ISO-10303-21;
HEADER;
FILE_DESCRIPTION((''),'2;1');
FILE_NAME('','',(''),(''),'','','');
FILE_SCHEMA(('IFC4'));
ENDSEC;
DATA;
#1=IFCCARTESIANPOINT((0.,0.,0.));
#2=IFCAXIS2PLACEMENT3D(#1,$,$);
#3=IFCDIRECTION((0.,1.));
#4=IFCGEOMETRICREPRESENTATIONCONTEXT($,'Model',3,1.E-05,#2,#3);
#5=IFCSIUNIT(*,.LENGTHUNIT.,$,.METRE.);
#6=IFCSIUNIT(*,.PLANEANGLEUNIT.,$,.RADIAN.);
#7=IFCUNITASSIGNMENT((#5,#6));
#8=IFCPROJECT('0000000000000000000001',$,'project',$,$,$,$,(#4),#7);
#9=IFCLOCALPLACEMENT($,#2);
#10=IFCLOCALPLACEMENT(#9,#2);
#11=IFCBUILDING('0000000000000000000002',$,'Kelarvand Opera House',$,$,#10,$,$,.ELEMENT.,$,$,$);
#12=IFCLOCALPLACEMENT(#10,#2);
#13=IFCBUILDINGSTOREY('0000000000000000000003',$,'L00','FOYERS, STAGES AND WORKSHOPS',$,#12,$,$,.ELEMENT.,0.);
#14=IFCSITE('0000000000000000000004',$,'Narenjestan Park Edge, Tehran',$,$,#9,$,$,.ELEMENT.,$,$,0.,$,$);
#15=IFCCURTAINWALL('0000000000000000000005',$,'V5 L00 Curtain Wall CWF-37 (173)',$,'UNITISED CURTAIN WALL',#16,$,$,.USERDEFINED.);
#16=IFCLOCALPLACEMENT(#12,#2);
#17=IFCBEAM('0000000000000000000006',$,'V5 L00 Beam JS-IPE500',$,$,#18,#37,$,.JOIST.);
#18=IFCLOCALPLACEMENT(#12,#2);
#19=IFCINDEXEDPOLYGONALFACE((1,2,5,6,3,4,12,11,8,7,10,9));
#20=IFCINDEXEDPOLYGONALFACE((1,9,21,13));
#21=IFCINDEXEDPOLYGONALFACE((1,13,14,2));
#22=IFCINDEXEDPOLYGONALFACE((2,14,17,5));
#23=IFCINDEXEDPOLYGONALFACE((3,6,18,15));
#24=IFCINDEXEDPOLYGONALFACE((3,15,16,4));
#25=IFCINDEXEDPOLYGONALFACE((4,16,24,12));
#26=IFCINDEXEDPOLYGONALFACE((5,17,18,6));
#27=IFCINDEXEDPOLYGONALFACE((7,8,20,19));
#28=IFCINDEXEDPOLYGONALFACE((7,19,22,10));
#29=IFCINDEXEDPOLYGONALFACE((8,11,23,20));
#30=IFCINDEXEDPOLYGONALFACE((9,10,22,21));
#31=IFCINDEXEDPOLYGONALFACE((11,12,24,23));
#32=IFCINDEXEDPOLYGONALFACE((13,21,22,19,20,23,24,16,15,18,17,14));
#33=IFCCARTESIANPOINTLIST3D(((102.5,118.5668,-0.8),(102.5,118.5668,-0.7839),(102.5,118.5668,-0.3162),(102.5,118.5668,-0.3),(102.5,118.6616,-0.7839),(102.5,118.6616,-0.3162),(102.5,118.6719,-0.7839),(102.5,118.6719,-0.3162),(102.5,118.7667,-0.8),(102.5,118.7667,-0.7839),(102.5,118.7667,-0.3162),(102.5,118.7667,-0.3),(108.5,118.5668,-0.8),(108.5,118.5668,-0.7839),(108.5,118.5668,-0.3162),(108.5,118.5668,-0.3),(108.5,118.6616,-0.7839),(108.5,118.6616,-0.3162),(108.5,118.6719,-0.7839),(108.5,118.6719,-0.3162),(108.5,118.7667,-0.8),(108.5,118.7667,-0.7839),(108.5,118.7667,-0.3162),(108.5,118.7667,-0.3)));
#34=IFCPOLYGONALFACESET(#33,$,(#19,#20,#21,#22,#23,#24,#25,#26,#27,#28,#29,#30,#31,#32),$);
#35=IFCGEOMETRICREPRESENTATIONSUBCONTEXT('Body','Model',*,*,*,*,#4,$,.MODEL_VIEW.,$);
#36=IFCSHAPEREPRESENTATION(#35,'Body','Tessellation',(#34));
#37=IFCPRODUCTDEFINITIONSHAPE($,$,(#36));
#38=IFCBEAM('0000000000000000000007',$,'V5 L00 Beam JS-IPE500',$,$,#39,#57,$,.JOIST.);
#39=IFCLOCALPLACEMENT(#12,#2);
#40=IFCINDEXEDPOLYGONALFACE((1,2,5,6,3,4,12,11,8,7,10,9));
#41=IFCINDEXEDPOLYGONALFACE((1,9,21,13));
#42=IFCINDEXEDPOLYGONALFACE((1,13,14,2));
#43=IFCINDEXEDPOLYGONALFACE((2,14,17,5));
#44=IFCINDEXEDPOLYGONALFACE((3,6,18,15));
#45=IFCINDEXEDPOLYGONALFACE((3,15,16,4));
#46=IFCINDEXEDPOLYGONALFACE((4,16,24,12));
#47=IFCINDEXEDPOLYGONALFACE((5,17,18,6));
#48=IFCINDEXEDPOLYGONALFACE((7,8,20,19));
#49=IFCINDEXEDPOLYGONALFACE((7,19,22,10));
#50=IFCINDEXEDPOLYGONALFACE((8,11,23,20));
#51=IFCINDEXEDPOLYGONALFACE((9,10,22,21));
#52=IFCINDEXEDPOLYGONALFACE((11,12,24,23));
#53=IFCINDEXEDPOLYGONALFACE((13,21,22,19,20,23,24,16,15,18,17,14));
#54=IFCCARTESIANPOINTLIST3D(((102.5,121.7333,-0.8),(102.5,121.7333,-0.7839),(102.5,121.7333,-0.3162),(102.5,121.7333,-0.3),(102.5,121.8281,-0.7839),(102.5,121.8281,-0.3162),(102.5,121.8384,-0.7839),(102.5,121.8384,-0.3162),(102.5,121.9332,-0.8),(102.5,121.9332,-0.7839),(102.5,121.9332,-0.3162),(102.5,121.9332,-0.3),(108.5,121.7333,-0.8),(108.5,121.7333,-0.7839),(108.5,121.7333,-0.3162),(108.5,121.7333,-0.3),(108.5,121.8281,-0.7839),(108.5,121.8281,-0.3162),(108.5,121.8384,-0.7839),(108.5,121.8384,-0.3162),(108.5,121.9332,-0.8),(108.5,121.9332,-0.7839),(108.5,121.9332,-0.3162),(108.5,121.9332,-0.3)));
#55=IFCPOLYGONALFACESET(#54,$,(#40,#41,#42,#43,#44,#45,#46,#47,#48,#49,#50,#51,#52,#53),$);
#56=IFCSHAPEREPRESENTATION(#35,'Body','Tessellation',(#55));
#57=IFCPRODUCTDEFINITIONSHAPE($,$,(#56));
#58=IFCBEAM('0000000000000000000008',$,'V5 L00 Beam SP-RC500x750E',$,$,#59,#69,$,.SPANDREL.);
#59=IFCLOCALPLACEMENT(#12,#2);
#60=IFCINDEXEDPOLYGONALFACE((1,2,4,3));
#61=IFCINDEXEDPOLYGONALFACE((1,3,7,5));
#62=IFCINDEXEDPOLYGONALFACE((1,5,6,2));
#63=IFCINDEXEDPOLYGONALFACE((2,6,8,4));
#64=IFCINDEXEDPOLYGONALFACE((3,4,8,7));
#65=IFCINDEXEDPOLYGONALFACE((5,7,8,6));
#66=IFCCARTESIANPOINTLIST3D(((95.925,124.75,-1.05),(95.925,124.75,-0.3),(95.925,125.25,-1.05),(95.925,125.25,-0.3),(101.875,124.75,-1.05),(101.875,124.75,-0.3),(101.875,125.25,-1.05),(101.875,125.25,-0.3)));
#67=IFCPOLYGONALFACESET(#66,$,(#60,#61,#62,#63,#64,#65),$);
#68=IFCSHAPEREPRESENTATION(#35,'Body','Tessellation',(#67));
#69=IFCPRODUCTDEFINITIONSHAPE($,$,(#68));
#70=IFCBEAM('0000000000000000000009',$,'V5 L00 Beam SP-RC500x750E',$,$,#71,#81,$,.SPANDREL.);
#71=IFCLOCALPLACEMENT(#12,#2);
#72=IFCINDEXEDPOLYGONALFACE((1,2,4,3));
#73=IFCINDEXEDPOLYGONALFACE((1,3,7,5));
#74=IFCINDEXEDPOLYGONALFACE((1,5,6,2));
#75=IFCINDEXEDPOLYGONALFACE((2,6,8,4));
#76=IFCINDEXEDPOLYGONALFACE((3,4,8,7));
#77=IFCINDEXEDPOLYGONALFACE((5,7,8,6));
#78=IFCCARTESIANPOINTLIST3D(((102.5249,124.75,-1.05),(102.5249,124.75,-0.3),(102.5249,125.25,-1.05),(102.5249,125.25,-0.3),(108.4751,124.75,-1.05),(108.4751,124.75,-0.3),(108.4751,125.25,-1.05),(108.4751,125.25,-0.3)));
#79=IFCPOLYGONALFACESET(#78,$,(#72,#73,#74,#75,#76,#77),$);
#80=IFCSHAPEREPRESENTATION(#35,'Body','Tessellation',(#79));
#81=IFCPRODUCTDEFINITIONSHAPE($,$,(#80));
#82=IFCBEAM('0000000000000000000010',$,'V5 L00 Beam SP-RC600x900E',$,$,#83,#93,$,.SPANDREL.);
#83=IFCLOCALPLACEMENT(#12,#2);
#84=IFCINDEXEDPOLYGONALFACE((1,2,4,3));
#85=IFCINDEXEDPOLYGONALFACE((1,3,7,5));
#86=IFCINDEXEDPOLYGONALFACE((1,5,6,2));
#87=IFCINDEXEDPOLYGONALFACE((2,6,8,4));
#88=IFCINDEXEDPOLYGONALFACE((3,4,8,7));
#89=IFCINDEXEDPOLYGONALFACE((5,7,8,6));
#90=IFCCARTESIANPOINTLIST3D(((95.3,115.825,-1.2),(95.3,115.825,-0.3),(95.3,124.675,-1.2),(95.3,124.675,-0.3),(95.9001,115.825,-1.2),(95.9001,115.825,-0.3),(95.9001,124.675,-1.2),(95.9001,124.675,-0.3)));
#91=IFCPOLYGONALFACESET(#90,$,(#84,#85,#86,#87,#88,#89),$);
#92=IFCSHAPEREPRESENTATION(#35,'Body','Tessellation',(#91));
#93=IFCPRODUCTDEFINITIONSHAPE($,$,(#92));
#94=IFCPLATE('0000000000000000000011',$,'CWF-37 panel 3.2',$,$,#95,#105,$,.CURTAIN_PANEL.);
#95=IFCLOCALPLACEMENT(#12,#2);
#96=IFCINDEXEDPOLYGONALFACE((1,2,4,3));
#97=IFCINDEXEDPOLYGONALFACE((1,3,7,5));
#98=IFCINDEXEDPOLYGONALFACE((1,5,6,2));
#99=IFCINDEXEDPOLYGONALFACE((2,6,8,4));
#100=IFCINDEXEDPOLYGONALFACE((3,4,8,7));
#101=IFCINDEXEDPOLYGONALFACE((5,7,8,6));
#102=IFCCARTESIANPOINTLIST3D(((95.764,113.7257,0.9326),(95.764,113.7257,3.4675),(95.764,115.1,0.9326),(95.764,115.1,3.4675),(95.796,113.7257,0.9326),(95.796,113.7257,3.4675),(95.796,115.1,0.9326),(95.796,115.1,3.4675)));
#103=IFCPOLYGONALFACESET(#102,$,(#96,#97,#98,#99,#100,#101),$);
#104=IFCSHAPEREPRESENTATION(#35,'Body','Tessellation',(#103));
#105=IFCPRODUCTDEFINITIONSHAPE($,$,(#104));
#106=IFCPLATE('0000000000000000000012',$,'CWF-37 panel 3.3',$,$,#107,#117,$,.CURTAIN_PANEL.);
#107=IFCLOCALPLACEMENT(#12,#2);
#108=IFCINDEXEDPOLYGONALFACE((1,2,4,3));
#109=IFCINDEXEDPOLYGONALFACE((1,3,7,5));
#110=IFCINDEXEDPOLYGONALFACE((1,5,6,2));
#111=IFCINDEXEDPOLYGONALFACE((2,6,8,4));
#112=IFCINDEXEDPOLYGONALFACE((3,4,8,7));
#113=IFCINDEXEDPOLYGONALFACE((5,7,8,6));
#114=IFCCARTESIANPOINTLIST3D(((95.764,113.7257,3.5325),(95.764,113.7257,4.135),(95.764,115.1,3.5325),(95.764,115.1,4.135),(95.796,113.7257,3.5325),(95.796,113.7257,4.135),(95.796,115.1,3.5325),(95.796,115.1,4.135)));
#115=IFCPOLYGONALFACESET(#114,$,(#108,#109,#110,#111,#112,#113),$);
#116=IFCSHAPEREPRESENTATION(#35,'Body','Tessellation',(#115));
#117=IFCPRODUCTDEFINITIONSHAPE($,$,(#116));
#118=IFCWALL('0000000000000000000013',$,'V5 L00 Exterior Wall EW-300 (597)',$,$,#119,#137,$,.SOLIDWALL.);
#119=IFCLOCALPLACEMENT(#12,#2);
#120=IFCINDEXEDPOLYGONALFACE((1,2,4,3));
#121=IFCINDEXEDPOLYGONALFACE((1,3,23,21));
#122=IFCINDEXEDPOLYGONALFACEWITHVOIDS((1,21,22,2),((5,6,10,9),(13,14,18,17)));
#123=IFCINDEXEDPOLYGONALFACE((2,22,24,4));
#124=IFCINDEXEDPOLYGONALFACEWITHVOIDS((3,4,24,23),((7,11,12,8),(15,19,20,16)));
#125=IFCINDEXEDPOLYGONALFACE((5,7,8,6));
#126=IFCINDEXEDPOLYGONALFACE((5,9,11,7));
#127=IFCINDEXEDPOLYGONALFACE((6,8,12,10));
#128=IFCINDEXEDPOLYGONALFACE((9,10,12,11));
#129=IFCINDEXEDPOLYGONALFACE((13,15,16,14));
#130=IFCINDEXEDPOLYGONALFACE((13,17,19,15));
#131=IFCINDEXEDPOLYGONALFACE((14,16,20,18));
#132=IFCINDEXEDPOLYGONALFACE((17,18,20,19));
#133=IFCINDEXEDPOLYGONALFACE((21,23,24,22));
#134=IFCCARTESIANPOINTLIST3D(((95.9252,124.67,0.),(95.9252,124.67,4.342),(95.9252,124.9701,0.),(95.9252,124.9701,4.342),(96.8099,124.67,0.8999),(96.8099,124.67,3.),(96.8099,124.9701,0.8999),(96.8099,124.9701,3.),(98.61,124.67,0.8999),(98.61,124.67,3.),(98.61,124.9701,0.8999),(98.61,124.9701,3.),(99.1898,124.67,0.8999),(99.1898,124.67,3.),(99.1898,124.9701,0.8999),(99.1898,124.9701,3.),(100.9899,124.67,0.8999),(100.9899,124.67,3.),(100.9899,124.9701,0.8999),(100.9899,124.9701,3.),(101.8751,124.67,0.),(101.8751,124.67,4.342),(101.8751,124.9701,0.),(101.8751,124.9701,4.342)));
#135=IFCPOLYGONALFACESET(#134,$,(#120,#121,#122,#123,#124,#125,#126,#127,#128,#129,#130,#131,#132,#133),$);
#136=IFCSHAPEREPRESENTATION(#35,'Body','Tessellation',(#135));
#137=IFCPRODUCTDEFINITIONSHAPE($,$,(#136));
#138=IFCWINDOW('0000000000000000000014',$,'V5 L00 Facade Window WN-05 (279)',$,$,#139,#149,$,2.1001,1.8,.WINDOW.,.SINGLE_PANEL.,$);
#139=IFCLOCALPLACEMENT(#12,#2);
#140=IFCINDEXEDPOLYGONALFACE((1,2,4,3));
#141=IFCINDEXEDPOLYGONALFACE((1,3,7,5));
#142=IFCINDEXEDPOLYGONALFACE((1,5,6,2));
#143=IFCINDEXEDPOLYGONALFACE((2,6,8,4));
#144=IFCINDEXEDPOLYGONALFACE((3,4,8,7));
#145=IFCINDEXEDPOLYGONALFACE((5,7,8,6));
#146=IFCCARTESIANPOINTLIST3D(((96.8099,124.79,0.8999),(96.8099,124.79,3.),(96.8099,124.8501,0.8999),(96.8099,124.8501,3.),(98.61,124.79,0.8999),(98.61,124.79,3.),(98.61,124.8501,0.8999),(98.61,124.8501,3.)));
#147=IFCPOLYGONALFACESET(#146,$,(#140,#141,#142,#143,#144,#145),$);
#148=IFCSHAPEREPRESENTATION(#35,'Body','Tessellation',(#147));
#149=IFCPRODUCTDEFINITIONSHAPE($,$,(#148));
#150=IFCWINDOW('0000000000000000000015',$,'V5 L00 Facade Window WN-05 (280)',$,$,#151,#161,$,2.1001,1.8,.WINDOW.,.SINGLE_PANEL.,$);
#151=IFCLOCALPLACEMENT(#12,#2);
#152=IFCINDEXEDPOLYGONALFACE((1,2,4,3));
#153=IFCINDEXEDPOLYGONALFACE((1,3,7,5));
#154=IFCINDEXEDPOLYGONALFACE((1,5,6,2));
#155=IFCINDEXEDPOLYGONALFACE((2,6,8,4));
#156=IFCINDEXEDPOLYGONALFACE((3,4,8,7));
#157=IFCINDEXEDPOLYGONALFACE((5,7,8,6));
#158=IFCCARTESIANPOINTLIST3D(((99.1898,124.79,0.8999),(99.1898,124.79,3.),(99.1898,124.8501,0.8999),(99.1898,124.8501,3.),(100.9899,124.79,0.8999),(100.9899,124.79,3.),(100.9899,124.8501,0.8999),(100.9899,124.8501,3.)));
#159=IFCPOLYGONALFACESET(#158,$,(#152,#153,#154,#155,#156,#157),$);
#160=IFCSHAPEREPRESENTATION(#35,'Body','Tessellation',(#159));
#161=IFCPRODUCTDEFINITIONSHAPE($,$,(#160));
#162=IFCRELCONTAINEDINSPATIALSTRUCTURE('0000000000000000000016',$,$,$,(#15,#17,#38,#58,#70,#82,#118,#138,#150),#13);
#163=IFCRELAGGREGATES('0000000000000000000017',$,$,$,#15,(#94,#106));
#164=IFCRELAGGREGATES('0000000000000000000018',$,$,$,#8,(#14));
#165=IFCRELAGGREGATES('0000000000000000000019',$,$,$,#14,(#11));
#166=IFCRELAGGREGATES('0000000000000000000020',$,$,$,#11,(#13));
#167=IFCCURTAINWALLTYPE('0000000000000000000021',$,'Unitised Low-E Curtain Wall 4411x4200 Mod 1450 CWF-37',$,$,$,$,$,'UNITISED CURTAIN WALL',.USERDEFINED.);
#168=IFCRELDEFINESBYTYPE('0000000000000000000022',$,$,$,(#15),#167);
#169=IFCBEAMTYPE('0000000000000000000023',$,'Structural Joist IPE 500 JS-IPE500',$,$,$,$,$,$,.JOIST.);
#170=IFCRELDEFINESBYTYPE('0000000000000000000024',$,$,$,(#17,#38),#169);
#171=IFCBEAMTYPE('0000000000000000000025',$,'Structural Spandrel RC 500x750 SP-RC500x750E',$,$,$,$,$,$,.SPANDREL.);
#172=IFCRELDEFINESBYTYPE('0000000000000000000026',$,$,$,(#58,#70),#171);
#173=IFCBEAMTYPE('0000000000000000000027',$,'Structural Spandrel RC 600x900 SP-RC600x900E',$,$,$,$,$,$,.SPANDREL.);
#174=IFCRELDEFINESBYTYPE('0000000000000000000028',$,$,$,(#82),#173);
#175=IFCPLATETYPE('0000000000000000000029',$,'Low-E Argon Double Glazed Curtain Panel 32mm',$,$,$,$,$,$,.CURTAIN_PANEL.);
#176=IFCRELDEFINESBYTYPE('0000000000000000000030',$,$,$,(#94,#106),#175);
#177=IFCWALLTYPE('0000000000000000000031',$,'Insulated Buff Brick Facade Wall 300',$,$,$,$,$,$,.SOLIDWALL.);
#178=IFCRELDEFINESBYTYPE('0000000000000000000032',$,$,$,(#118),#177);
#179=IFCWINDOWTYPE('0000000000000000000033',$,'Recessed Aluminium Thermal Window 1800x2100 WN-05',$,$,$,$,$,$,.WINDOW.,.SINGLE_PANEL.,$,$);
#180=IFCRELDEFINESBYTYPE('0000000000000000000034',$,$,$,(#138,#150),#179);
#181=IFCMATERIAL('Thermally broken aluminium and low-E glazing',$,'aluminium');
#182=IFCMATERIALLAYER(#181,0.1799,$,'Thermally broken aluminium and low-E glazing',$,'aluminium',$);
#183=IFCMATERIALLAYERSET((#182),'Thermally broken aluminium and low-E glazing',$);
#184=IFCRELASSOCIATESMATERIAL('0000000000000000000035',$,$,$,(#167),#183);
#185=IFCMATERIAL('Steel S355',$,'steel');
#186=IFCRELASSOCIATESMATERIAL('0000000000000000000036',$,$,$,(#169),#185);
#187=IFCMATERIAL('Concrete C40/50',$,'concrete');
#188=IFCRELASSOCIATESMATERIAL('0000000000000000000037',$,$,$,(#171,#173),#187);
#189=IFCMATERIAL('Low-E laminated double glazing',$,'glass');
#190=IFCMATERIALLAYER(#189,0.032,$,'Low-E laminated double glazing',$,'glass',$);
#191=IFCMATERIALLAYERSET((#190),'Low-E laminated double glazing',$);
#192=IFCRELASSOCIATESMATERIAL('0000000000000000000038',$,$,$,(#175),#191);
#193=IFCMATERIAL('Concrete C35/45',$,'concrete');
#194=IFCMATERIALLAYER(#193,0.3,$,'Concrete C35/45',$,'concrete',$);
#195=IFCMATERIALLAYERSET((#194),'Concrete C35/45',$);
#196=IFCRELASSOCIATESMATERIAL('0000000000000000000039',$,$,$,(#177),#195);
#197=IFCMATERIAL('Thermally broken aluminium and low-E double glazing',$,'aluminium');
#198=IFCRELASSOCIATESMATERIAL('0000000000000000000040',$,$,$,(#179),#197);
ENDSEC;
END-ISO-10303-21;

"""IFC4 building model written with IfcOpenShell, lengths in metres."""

from ifc_helpers import new_model, si_unit, direction, frame, frame_2d, origin, origin_2d, place, context, subcontext, project, spatial, rectangle, i_section, extrude, material, layer, layer_set, material_profile, profile_set, type_object, element, fill, aggregate, save


model = new_model("IFC4")

# Units and contexts
model_context = context("Model", 3, precision=1e-05, world=origin(), true_north=direction((0.0, 1.0)))
body_context = subcontext(model_context, "Body", "Model", "MODEL_VIEW")
ifc_project = project(units=[si_unit("LENGTHUNIT", "METRE"), si_unit("PLANEANGLEUNIT", "RADIAN")], contexts=[model_context])

# Site, building, storey
site_placement = place(None, origin())
site = spatial("IfcSite", under=ifc_project, at=site_placement, Name="Narenjestan Park Edge, Tehran", CompositionType="ELEMENT", RefElevation=0.0)
building_placement = place(site_placement, origin())
building = spatial("IfcBuilding", under=site, at=building_placement, Name="Kelarvand Opera House", CompositionType="ELEMENT")
storey_placement = place(building_placement, origin())
storey = spatial("IfcBuildingStorey", under=building, at=storey_placement, Name="L00", Description="FOYERS, STAGES AND WORKSHOPS", CompositionType="ELEMENT", Elevation=0.0)

# Shared definitions
ifc_material_1 = material(Name="Concrete C40/50", Category="concrete")

# Curtain wall
ifc_material_2 = material(Name="Thermally broken aluminium and low-E glazing", Category="aluminium")
ifc_layer_1 = layer(ifc_material_2, 0.1799, Name="Thermally broken aluminium and low-E glazing", Category="aluminium")
ifc_layer_set_1 = layer_set([ifc_layer_1], Name="Thermally broken aluminium and low-E glazing")
curtain_wall_type_1 = type_object("IfcCurtainWallType", Name="Unitised Low-E Curtain Wall 4411x4200 Mod 1450 CWF-37", ElementType="UNITISED CURTAIN WALL", PredefinedType="USERDEFINED", material=ifc_layer_set_1)
curtain_wall_1_placement = place(storey_placement, origin())
curtain_wall_1 = element("IfcCurtainWall", 1, at=curtain_wall_1_placement, inside=storey, type_object=curtain_wall_type_1, Name="V5 L00 Curtain Wall CWF-37 (173)", ObjectType="UNITISED CURTAIN WALL", PredefinedType="USERDEFINED")

# Beams
ifc_material_3 = material(Name="Steel S355", Category="steel")
ifc_material_profile_1 = material_profile(ifc_material_3, i_section(OverallWidth=0.2, OverallDepth=0.5, WebThickness=0.0103, FlangeThickness=0.0161, at=origin_2d()), Name="IPE 500", Category="steel")
ifc_profile_set_1 = profile_set([ifc_material_profile_1], Name="Steel S355")
beam_type_1 = type_object("IfcBeamType", Name="Structural Joist IPE 500 JS-IPE500", PredefinedType="JOIST", material=ifc_profile_set_1)
for number, where, z_axis, x_axis, name in (
    (2, (102.5, 118.6667, -0.55), (1.0, 0.0, 0.0), (0.0, 1.0, 0.0), "V5 L00 Beam JS-IPE500"),
    (3, (102.5, 121.8333, -0.55), (1.0, 0.0, 0.0), (0.0, 1.0, 0.0), "V5 L00 Beam JS-IPE500"),
):
    element("IfcBeam", number, at=place(storey_placement, frame(where, z_axis=z_axis, x_axis=x_axis)), inside=storey, type_object=beam_type_1, Name=name, PredefinedType="JOIST", context=body_context, shape_type="SweptSolid", body=[
        extrude(i_section(OverallWidth=0.2, OverallDepth=0.5, WebThickness=0.0103, FlangeThickness=0.0161, at=origin_2d()), origin(), (0.0, 0.0, 1.0), 6.0),
    ])
ifc_material_profile_2 = material_profile(ifc_material_1, rectangle(XDim=0.5, YDim=0.75, at=origin_2d()), Name="RC 500x750", Category="concrete")
ifc_profile_set_2 = profile_set([ifc_material_profile_2], Name="Concrete C40/50")
beam_type_2 = type_object("IfcBeamType", Name="Structural Spandrel RC 500x750 SP-RC500x750E", PredefinedType="SPANDREL", material=ifc_profile_set_2)
beam_1_placement = place(storey_placement, frame((95.925, 125.0, -0.675), z_axis=(1.0, 0.0, 0.0), x_axis=(0.0, 1.0, 0.0)))
element("IfcBeam", 4, at=beam_1_placement, inside=storey, type_object=beam_type_2, Name="V5 L00 Beam SP-RC500x750E", PredefinedType="SPANDREL", context=body_context, shape_type="SweptSolid", body=[
    extrude(rectangle(XDim=0.5, YDim=0.75, at=origin_2d()), origin(), (0.0, 0.0, 1.0), 5.95),
])
beam_2_placement = place(storey_placement, frame((102.5249, 125.0, -0.675), z_axis=(1.0, 0.0, 0.0), x_axis=(0.0, 1.0, 0.0)))
element("IfcBeam", 5, at=beam_2_placement, inside=storey, type_object=beam_type_2, Name="V5 L00 Beam SP-RC500x750E", PredefinedType="SPANDREL", context=body_context, shape_type="SweptSolid", body=[
    extrude(rectangle(XDim=0.5, YDim=0.75, at=origin_2d()), origin(), (0.0, 0.0, 1.0), 5.9502),
])
ifc_material_profile_3 = material_profile(ifc_material_1, rectangle(XDim=0.6001, YDim=0.8999, at=origin_2d()), Name="RC 600x900", Category="concrete")
ifc_profile_set_3 = profile_set([ifc_material_profile_3], Name="Concrete C40/50")
beam_type_3 = type_object("IfcBeamType", Name="Structural Spandrel RC 600x900 SP-RC600x900E", PredefinedType="SPANDREL", material=ifc_profile_set_3)
beam_3_placement = place(storey_placement, frame((95.6001, 115.825, -0.75), z_axis=(0.0, 1.0, 0.0), x_axis=(-1.0, 0.0, 0.0)))
element("IfcBeam", 6, at=beam_3_placement, inside=storey, type_object=beam_type_3, Name="V5 L00 Beam SP-RC600x900E", PredefinedType="SPANDREL", context=body_context, shape_type="SweptSolid", body=[
    extrude(rectangle(XDim=0.6001, YDim=0.8999, at=origin_2d()), origin(), (0.0, 0.0, 1.0), 8.8501),
])

# Plates
ifc_material_4 = material(Name="Low-E laminated double glazing", Category="glass")
ifc_layer_2 = layer(ifc_material_4, 0.032, Name="Low-E laminated double glazing", Category="glass")
ifc_layer_set_2 = layer_set([ifc_layer_2], Name="Low-E laminated double glazing")
plate_type = type_object("IfcPlateType", Name="Low-E Argon Double Glazed Curtain Panel 32mm", PredefinedType="CURTAIN_PANEL", material=ifc_layer_set_2)
plate_1_placement = place(storey_placement, frame((95.78, 114.4128, 0.9326), z_axis=(0.0, 0.0, 1.0), x_axis=(0.0, 1.0, 0.0)))
plate_1 = element("IfcPlate", 7, at=plate_1_placement, type_object=plate_type, Name="CWF-37 panel 3.2", PredefinedType="CURTAIN_PANEL", context=body_context, shape_type="SweptSolid", body=[
    extrude(rectangle(XDim=1.3743, YDim=0.032, at=origin_2d()), origin(), (0.0, 0.0, 1.0), 2.5349),
])
plate_2_placement = place(storey_placement, frame((95.78, 114.4128, 3.5325), z_axis=(0.0, 0.0, 1.0), x_axis=(0.0, 1.0, 0.0)))
plate_2 = element("IfcPlate", 8, at=plate_2_placement, type_object=plate_type, Name="CWF-37 panel 3.3", PredefinedType="CURTAIN_PANEL", context=body_context, shape_type="SweptSolid", body=[
    extrude(rectangle(XDim=1.3743, YDim=0.032, at=origin_2d()), origin(), (0.0, 0.0, 1.0), 0.6025),
])
aggregate(curtain_wall_1, [plate_1, plate_2])

# Wall, openings, windows
ifc_material_5 = material(Name="Concrete C35/45", Category="concrete")
ifc_layer_3 = layer(ifc_material_5, 0.3, Name="Concrete C35/45", Category="concrete")
ifc_layer_set_3 = layer_set([ifc_layer_3], Name="Concrete C35/45")
wall_type = type_object("IfcWallType", Name="Insulated Buff Brick Facade Wall 300", PredefinedType="SOLIDWALL", material=ifc_layer_set_3)
wall_1_placement = place(storey_placement, frame((95.925, 124.8201, 0.0), z_axis=(0.0, 0.0, 1.0), x_axis=(1.0, 0.0, 0.0)))
wall_1 = element("IfcWall", 9, at=wall_1_placement, inside=storey, type_object=wall_type, Name="V5 L00 Exterior Wall EW-300 (597)", PredefinedType="SOLIDWALL", context=body_context, shape_type="SweptSolid", body=[
    extrude(rectangle(XDim=5.95, YDim=0.3, at=frame_2d((2.9751, 0.0))), origin(), (0.0, 0.0, 1.0), 4.342),
])
opening_1_placement = place(wall_1_placement, frame((0.885, 0.0, 0.8999)))
opening_1 = element("IfcOpeningElement", 10, at=opening_1_placement, cuts=wall_1, PredefinedType="OPENING", context=body_context, shape_type="SweptSolid", body=[
    extrude(rectangle(XDim=1.8, YDim=2.1001, at=frame_2d((0.8999, 1.05))), frame((0.0, 0.1602, 0.0), z_axis=(0.0, -1.0, 0.0), x_axis=(1.0, 0.0, 0.0)), (0.0, 0.0, 1.0), 0.3201),
])
opening_2_placement = place(wall_1_placement, frame((3.2649, 0.0, 0.8999)))
opening_2 = element("IfcOpeningElement", 11, at=opening_2_placement, cuts=wall_1, PredefinedType="OPENING", context=body_context, shape_type="SweptSolid", body=[
    extrude(rectangle(XDim=1.8, YDim=2.1001, at=frame_2d((0.8999, 1.05))), frame((0.0, 0.1602, 0.0), z_axis=(0.0, -1.0, 0.0), x_axis=(1.0, 0.0, 0.0)), (0.0, 0.0, 1.0), 0.3201),
])
ifc_material_6 = material(Name="Thermally broken aluminium and low-E double glazing", Category="aluminium")
window_type_1 = type_object("IfcWindowType", Name="Recessed Aluminium Thermal Window 1800x2100 WN-05", PartitioningType="SINGLE_PANEL", PredefinedType="WINDOW", material=ifc_material_6)
window_1_placement = place(opening_1_placement, origin())
window_1 = element("IfcWindow", 12, at=window_1_placement, inside=storey, type_object=window_type_1, Name="V5 L00 Facade Window WN-05 (279)", OverallHeight=2.1001, OverallWidth=1.8, PartitioningType="SINGLE_PANEL", PredefinedType="WINDOW", context=body_context, shape_type="SweptSolid", body=[
    extrude(rectangle(XDim=1.8, YDim=2.1001, at=frame_2d((0.8999, 1.05))), frame((0.0, 0.03, 0.0), z_axis=(0.0, -1.0, 0.0), x_axis=(1.0, 0.0, 0.0)), (0.0, 0.0, 1.0), 0.0601),
])
fill(opening_1, window_1)
window_2_placement = place(opening_2_placement, origin())
window_2 = element("IfcWindow", 13, at=window_2_placement, inside=storey, type_object=window_type_1, Name="V5 L00 Facade Window WN-05 (280)", OverallHeight=2.1001, OverallWidth=1.8, PartitioningType="SINGLE_PANEL", PredefinedType="WINDOW", context=body_context, shape_type="SweptSolid", body=[
    extrude(rectangle(XDim=1.8, YDim=2.1001, at=frame_2d((0.8999, 1.05))), frame((0.0, 0.03, 0.0), z_axis=(0.0, -1.0, 0.0), x_axis=(1.0, 0.0, 0.0)), (0.0, 0.0, 1.0), 0.0601),
])
fill(opening_2, window_2)

save(model, "model.ifc")
